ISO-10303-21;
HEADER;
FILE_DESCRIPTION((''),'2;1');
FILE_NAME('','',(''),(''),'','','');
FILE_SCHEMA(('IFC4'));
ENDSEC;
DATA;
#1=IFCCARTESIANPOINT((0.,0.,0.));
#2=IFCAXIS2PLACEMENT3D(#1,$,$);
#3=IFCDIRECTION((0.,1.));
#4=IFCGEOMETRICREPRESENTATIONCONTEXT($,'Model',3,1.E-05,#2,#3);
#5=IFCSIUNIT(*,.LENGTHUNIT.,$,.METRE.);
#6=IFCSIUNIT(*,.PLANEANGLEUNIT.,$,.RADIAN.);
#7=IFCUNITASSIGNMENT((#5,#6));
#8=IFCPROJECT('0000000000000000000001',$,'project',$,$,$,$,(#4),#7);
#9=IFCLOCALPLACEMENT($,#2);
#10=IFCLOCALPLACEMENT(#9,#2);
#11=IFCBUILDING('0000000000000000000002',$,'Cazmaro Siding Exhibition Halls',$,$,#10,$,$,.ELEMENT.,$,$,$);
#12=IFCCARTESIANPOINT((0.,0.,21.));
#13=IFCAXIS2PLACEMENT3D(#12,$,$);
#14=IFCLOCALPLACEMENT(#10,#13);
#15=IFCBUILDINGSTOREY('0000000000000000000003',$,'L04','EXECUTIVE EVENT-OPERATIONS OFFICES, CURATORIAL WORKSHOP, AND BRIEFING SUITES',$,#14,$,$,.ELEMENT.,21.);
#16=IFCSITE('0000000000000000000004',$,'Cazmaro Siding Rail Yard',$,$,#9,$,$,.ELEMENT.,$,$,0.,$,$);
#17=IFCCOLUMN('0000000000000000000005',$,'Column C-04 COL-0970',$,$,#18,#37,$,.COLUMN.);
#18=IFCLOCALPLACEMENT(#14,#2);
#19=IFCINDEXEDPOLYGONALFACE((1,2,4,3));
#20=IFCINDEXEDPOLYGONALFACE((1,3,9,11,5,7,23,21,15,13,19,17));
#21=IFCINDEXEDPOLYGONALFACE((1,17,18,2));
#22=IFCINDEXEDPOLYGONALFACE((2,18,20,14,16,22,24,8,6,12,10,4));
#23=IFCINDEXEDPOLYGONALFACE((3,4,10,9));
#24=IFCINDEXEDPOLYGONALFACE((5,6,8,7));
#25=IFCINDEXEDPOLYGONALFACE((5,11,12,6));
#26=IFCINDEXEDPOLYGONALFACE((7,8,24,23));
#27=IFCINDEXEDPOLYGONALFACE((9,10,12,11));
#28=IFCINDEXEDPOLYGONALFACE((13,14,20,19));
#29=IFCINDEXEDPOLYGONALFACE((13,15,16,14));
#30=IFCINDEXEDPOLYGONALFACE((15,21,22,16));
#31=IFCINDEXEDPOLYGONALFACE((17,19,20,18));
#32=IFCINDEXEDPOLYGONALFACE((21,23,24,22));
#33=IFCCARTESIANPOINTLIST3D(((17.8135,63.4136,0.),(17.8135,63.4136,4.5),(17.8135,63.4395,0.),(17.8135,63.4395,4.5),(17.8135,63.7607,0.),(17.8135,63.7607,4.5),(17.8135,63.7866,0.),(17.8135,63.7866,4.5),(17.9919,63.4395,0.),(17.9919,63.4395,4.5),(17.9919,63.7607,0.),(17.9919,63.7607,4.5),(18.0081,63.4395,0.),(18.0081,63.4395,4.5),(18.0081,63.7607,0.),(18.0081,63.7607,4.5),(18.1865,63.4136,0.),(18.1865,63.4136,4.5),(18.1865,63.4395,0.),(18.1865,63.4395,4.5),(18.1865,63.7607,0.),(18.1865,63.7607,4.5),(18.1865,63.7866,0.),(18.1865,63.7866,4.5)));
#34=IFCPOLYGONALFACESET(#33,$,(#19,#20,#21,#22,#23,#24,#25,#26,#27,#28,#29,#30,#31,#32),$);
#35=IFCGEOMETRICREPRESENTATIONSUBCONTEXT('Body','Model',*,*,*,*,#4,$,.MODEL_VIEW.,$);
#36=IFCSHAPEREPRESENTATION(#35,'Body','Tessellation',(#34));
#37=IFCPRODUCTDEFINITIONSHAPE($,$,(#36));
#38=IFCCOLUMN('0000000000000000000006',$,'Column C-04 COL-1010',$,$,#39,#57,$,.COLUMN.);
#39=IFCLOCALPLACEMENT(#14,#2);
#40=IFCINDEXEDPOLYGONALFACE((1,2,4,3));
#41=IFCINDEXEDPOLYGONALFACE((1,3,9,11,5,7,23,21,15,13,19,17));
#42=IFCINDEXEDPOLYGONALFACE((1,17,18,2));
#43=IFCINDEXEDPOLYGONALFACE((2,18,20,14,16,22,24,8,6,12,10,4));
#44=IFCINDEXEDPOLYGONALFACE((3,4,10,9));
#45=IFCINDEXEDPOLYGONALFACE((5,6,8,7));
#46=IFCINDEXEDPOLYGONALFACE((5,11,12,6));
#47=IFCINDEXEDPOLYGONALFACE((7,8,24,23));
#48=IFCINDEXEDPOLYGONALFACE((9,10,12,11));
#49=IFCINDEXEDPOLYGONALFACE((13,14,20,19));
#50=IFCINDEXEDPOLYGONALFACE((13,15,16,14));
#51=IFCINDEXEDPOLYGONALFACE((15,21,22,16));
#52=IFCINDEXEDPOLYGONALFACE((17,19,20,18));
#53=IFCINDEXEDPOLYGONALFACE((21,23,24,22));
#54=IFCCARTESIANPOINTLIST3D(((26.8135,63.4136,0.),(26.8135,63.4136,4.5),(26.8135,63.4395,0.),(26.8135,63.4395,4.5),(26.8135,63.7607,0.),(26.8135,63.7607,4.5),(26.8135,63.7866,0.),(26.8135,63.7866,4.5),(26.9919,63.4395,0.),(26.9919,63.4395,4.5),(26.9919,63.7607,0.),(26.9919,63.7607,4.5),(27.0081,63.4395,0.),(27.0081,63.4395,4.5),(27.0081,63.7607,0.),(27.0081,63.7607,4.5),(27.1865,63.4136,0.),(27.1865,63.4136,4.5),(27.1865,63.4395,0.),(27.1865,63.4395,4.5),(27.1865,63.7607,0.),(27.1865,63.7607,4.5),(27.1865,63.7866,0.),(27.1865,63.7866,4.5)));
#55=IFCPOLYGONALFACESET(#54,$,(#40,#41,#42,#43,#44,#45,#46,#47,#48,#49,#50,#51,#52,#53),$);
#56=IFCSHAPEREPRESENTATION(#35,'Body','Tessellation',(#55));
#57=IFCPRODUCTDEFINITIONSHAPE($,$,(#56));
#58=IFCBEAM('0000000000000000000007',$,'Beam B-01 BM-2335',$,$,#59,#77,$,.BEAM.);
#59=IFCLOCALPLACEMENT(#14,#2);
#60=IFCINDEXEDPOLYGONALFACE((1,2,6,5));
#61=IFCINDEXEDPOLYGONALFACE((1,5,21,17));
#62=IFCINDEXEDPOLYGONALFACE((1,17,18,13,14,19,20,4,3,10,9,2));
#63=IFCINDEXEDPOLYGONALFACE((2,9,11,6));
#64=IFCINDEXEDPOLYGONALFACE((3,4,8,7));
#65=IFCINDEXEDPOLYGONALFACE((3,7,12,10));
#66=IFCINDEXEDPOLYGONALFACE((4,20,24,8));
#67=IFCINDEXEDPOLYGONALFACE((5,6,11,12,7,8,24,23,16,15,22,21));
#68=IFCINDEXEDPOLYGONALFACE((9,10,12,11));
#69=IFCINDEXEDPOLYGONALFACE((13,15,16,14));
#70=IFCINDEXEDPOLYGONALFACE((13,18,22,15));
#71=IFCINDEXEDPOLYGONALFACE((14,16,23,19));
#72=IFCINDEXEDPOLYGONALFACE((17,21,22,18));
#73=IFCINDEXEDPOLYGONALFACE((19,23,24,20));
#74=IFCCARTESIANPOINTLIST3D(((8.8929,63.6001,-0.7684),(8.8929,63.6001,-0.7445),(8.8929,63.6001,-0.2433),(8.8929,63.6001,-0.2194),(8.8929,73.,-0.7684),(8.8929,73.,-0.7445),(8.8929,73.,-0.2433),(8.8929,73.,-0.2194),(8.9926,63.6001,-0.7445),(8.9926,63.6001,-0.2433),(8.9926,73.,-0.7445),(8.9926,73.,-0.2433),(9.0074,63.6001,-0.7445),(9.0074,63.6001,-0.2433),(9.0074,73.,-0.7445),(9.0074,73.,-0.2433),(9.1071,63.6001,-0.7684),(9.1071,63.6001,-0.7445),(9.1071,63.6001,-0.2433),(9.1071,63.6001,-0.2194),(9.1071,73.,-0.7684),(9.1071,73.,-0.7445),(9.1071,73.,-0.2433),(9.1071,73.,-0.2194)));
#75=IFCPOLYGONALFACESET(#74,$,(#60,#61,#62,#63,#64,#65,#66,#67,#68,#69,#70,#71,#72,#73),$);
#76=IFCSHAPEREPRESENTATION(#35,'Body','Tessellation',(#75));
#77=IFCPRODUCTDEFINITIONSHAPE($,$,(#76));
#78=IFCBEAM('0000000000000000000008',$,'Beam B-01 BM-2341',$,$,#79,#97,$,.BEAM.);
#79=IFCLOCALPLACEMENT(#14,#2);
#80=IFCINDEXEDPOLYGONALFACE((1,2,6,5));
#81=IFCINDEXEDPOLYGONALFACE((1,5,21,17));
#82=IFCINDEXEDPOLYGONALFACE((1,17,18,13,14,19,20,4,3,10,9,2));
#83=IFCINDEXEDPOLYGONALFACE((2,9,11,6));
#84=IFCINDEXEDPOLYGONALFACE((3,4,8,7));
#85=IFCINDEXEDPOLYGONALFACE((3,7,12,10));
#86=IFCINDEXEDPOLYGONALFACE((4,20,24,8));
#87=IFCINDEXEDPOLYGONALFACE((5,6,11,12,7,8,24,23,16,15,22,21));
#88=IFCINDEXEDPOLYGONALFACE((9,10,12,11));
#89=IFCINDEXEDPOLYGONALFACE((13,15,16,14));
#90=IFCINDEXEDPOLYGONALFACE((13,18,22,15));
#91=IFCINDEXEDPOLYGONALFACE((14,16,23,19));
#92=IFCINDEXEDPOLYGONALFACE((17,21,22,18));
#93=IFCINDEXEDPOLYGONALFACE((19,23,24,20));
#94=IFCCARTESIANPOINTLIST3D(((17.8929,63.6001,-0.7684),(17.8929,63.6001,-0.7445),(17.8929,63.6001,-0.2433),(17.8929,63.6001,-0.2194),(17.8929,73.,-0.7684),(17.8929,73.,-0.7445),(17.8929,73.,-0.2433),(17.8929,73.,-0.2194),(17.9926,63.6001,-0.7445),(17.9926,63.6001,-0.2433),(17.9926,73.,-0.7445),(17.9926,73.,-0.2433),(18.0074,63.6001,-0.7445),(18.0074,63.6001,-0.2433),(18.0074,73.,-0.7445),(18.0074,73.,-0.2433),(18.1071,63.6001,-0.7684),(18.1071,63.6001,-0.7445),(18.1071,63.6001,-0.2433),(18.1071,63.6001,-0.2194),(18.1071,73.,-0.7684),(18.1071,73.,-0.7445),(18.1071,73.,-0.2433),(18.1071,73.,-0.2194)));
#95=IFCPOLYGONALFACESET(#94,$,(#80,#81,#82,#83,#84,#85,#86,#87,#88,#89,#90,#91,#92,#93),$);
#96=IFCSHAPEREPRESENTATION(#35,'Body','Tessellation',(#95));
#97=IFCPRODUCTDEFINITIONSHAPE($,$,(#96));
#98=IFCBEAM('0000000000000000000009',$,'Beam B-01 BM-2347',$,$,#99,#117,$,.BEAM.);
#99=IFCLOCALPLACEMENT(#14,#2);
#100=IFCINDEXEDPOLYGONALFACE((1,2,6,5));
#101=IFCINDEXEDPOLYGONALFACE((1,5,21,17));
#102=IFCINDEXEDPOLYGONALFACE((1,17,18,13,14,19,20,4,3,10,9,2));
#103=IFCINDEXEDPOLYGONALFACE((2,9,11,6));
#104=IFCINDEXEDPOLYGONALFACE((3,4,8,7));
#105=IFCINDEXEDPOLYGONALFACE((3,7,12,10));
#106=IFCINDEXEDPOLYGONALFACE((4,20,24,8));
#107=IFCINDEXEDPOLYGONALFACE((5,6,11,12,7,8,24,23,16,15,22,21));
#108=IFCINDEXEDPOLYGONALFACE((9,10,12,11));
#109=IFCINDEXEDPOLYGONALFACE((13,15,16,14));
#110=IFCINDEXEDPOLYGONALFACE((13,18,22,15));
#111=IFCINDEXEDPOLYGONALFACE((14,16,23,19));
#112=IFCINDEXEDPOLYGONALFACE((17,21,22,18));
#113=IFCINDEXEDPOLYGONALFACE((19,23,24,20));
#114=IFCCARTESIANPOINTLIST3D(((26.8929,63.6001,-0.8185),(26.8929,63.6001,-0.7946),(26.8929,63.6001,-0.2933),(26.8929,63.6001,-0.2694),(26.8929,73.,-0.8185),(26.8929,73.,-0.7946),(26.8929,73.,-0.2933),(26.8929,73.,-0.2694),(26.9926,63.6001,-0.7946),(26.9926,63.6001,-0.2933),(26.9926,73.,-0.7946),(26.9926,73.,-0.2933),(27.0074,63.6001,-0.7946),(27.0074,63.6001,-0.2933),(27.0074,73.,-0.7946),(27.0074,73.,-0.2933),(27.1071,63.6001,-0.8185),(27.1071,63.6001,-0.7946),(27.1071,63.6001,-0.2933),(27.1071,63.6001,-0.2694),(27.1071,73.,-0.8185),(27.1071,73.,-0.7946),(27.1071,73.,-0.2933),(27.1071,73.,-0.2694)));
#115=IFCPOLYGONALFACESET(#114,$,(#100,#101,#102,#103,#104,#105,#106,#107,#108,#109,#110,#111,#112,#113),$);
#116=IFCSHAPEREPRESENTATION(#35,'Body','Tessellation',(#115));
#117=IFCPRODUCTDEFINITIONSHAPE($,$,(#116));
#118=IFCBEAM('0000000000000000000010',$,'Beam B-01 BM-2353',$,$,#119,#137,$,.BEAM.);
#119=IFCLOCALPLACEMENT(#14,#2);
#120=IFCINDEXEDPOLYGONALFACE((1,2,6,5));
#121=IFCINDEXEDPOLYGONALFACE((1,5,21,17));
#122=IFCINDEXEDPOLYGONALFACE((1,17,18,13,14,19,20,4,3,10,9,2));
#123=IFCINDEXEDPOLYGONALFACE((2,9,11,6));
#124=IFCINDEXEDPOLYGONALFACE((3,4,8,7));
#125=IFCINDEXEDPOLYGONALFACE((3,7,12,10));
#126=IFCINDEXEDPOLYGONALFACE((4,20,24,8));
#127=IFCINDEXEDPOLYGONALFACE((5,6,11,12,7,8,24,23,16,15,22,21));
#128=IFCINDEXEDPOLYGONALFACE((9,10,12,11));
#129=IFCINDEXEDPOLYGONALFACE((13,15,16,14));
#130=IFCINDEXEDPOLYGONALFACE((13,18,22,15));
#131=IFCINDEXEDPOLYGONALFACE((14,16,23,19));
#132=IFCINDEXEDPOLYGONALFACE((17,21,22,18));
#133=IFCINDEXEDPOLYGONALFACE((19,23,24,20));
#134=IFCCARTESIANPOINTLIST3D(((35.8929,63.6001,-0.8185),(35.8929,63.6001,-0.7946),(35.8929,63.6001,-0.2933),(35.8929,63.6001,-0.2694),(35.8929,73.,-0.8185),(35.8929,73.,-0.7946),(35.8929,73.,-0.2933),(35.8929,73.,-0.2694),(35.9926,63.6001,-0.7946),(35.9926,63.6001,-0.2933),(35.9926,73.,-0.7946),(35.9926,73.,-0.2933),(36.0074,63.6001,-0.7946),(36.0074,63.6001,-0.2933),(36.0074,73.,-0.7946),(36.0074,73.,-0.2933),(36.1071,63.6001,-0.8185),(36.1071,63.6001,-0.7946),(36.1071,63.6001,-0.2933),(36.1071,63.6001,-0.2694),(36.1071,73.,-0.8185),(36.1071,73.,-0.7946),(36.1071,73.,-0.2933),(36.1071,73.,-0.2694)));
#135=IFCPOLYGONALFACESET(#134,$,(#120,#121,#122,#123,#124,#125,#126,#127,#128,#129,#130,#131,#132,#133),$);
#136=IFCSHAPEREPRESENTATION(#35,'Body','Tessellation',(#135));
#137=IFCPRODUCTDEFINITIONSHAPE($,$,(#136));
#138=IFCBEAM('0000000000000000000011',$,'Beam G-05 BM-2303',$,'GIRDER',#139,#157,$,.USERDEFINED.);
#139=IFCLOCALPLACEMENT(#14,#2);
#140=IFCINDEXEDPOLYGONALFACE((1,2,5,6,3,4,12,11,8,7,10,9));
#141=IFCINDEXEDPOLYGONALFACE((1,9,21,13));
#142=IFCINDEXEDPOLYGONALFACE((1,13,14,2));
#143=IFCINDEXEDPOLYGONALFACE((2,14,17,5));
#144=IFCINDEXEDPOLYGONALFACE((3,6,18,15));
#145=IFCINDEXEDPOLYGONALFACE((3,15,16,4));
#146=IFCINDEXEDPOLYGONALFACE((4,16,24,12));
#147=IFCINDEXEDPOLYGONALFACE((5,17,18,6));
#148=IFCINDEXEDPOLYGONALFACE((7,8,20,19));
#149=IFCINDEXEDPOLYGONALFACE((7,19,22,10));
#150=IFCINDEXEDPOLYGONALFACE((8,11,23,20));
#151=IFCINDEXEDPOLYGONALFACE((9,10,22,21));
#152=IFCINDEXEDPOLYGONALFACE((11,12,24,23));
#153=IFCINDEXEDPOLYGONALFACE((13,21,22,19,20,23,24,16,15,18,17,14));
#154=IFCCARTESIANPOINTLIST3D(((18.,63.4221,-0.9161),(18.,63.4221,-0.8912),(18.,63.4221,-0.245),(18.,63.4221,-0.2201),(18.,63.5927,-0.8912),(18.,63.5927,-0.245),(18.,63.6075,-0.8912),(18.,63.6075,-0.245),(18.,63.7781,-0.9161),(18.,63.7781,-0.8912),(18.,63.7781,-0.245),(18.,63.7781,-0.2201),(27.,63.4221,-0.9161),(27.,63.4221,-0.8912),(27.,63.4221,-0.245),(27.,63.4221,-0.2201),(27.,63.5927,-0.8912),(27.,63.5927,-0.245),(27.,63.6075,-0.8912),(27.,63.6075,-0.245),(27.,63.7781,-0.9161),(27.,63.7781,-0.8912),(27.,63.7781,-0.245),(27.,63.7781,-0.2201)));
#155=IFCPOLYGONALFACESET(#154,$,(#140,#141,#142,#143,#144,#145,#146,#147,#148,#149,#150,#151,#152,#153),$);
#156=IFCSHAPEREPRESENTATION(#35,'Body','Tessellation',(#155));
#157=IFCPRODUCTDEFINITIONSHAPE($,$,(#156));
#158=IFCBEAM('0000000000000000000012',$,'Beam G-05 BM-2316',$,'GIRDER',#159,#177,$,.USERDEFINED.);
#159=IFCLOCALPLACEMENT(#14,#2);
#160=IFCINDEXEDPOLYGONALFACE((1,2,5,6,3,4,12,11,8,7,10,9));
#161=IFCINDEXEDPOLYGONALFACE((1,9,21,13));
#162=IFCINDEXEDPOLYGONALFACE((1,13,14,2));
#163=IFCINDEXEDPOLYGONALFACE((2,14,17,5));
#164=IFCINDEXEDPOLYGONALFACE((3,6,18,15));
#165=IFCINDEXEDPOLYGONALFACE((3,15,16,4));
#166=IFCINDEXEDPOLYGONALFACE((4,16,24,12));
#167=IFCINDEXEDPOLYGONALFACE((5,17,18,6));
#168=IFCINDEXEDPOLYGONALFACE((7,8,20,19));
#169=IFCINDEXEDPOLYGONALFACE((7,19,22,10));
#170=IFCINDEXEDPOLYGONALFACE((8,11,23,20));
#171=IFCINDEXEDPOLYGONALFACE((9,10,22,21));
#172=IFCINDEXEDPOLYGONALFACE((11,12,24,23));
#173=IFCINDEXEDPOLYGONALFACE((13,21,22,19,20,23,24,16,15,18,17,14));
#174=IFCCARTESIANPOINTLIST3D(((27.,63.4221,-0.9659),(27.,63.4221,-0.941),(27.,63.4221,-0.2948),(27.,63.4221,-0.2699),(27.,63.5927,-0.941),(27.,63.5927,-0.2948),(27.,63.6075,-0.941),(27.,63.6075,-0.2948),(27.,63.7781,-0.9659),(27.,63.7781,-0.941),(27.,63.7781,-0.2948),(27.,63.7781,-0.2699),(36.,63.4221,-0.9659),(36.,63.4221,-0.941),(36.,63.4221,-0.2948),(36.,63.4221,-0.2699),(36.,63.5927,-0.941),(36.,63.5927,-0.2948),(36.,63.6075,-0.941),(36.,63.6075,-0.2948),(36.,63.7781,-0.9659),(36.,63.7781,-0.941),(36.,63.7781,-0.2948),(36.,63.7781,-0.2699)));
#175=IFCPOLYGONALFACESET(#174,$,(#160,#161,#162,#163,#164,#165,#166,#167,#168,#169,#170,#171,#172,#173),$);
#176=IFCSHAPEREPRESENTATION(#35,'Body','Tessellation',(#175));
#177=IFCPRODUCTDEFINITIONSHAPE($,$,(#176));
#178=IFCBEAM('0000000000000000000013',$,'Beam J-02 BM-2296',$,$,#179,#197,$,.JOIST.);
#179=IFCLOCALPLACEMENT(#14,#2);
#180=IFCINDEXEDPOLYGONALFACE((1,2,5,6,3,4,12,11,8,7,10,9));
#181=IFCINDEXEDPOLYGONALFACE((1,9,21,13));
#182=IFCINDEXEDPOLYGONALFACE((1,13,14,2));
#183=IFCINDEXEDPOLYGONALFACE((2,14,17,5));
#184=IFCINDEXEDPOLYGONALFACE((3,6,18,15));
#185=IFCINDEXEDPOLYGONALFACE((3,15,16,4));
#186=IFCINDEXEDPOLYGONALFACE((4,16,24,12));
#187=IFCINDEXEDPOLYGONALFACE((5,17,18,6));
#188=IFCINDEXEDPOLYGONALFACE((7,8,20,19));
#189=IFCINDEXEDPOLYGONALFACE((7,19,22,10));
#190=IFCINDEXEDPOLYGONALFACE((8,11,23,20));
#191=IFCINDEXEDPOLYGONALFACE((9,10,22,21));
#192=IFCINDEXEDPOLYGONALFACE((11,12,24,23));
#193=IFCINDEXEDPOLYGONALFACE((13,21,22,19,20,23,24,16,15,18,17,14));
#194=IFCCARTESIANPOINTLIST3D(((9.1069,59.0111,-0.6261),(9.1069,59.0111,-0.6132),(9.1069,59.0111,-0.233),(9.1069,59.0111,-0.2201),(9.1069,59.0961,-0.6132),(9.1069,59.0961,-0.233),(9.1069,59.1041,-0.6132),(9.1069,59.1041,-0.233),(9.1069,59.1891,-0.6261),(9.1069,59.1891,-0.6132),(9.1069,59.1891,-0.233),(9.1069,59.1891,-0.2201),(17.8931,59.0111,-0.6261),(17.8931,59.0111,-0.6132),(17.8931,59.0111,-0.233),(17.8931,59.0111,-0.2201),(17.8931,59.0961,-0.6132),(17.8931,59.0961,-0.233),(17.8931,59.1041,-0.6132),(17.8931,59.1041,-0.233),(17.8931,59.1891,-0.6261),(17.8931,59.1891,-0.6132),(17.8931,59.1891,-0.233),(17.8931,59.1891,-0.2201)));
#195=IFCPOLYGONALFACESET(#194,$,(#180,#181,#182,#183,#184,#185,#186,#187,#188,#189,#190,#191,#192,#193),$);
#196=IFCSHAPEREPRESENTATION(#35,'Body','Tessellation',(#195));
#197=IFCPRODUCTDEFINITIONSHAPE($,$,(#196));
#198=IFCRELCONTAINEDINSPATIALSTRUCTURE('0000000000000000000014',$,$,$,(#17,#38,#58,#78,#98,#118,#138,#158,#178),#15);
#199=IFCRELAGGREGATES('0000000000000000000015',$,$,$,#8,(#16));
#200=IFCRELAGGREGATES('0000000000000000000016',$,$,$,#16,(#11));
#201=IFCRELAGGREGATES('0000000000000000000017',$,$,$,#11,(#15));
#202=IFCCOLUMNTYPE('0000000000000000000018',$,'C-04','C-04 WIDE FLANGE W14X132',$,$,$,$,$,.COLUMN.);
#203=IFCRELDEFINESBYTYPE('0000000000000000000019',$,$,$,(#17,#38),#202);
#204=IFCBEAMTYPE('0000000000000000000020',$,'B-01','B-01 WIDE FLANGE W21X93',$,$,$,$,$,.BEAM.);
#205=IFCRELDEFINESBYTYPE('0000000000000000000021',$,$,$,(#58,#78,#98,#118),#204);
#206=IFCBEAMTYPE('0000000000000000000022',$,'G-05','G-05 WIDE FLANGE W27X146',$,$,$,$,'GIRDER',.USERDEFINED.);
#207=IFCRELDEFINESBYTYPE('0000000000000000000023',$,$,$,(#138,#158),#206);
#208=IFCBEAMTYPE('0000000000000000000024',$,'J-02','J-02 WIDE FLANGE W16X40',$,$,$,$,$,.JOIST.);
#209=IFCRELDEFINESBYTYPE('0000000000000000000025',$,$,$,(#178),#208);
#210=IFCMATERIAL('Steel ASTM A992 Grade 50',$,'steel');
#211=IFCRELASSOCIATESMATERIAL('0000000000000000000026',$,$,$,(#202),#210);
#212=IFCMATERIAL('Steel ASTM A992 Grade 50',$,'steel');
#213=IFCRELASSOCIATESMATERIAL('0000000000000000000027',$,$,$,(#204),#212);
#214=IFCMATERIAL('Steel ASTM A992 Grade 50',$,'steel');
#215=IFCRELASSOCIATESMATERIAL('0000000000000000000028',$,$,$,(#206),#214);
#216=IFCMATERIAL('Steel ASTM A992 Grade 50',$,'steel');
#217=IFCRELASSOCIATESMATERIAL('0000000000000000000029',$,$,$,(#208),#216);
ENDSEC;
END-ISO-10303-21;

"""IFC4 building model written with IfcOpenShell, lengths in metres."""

from ifc_helpers import new_model, si_unit, direction, frame, origin, origin_2d, place, context, subcontext, project, spatial, i_section, extrude, material, material_profile, profile_set, type_object, element, save


model = new_model("IFC4")

# Units and contexts
model_context = context("Model", 3, precision=1e-05, world=origin(), true_north=direction((0.0, 1.0)))
body_context = subcontext(model_context, "Body", "Model", "MODEL_VIEW")
ifc_project = project(units=[si_unit("LENGTHUNIT", "METRE"), si_unit("PLANEANGLEUNIT", "RADIAN")], contexts=[model_context])

# Site, building, storey
site_placement = place(None, origin())
site = spatial("IfcSite", under=ifc_project, at=site_placement, Name="Cazmaro Siding Rail Yard", CompositionType="ELEMENT", RefElevation=0.0)
building_placement = place(site_placement, origin())
building = spatial("IfcBuilding", under=site, at=building_placement, Name="Cazmaro Siding Exhibition Halls", CompositionType="ELEMENT")
storey_placement = place(building_placement, frame((0.0, 0.0, 21.0)))
storey = spatial("IfcBuildingStorey", under=building, at=storey_placement, Name="L04", Description="EXECUTIVE EVENT-OPERATIONS OFFICES, CURATORIAL WORKSHOP, AND BRIEFING SUITES", CompositionType="ELEMENT", Elevation=21.0)

# Columns
ifc_material_1 = material(Name="Steel ASTM A992 Grade 50", Category="steel")
ifc_material_profile_1 = material_profile(ifc_material_1, i_section(OverallWidth=0.373, OverallDepth=0.373, WebThickness=0.0161, FlangeThickness=0.0259, at=origin_2d()), Name="W14X132")
ifc_profile_set_1 = profile_set([ifc_material_profile_1], Name="Steel ASTM A992 Grade 50")
column_type = type_object("IfcColumnType", Name="C-04", Description="C-04 WIDE FLANGE W14X132", PredefinedType="COLUMN", material=ifc_profile_set_1)
for number, where, z_axis, x_axis, name in (
    (1, (18.0, 63.6001, 0.0), (0.0, 0.0, 1.0), (1.0, 0.0, 0.0), "Column C-04 COL-0970"),
    (2, (27.0, 63.6001, 0.0), (0.0, 0.0, 1.0), (1.0, 0.0, 0.0), "Column C-04 COL-1010"),
):
    element("IfcColumn", number, at=place(storey_placement, frame(where, z_axis=z_axis, x_axis=x_axis)), inside=storey, type_object=column_type, Name=name, PredefinedType="COLUMN", context=body_context, shape_type="SweptSolid", body=[
        extrude(i_section(OverallWidth=0.373, OverallDepth=0.373, WebThickness=0.0161, FlangeThickness=0.0259, at=origin_2d()), origin(), (0.0, 0.0, 1.0), 4.5),
    ])

# Beams
ifc_material_2 = material(Name="Steel ASTM A992 Grade 50", Category="steel")
ifc_material_profile_2 = material_profile(ifc_material_2, i_section(OverallWidth=0.2141, OverallDepth=0.5491, WebThickness=0.0149, FlangeThickness=0.0239, at=origin_2d()), Name="W21X93")
ifc_profile_set_2 = profile_set([ifc_material_profile_2], Name="Steel ASTM A992 Grade 50")
beam_type_1 = type_object("IfcBeamType", Name="B-01", Description="B-01 WIDE FLANGE W21X93", PredefinedType="BEAM", material=ifc_profile_set_2)
for number, where, z_axis, x_axis, name in (
    (3, (9.0, 63.6001, -0.4939), (0.0, 1.0, 0.0), (-1.0, 0.0, 0.0), "Beam B-01 BM-2335"),
    (4, (18.0, 63.6001, -0.4939), (0.0, 1.0, 0.0), (-1.0, 0.0, 0.0), "Beam B-01 BM-2341"),
    (5, (27.0, 63.6001, -0.5439), (0.0, 1.0, 0.0), (-1.0, 0.0, 0.0), "Beam B-01 BM-2347"),
    (6, (36.0, 63.6001, -0.5439), (0.0, 1.0, 0.0), (-1.0, 0.0, 0.0), "Beam B-01 BM-2353"),
):
    element("IfcBeam", number, at=place(storey_placement, frame(where, z_axis=z_axis, x_axis=x_axis)), inside=storey, type_object=beam_type_1, Name=name, PredefinedType="BEAM", context=body_context, shape_type="SweptSolid", body=[
        extrude(i_section(OverallWidth=0.2141, OverallDepth=0.5491, WebThickness=0.0149, FlangeThickness=0.0239, at=origin_2d()), origin(), (0.0, 0.0, 1.0), 9.3999),
    ])
ifc_material_3 = material(Name="Steel ASTM A992 Grade 50", Category="steel")
ifc_material_profile_3 = material_profile(ifc_material_3, i_section(OverallWidth=0.356, OverallDepth=0.696, WebThickness=0.0149, FlangeThickness=0.0249, at=origin_2d()), Name="W27X146")
ifc_profile_set_3 = profile_set([ifc_material_profile_3], Name="Steel ASTM A992 Grade 50")
beam_type_2 = type_object("IfcBeamType", Name="G-05", Description="G-05 WIDE FLANGE W27X146", ElementType="GIRDER", PredefinedType="USERDEFINED", material=ifc_profile_set_3)
for number, where, z_axis, x_axis, name in (
    (7, (18.0, 63.6001, -0.5681), (1.0, 0.0, 0.0), (0.0, 1.0, 0.0), "Beam G-05 BM-2303"),
    (8, (27.0, 63.6001, -0.6179), (1.0, 0.0, 0.0), (0.0, 1.0, 0.0), "Beam G-05 BM-2316"),
):
    element("IfcBeam", number, at=place(storey_placement, frame(where, z_axis=z_axis, x_axis=x_axis)), inside=storey, type_object=beam_type_2, Name=name, ObjectType="GIRDER", PredefinedType="USERDEFINED", context=body_context, shape_type="SweptSolid", body=[
        extrude(i_section(OverallWidth=0.356, OverallDepth=0.696, WebThickness=0.0149, FlangeThickness=0.0249, at=origin_2d()), origin(), (0.0, 0.0, 1.0), 9.0),
    ])
ifc_material_4 = material(Name="Steel ASTM A992 Grade 50", Category="steel")
ifc_material_profile_4 = material_profile(ifc_material_4, i_section(OverallWidth=0.178, OverallDepth=0.406, WebThickness=0.0081, FlangeThickness=0.0129, at=origin_2d()), Name="W16X40")
ifc_profile_set_4 = profile_set([ifc_material_profile_4], Name="Steel ASTM A992 Grade 50")
beam_type_3 = type_object("IfcBeamType", Name="J-02", Description="J-02 WIDE FLANGE W16X40", PredefinedType="JOIST", material=ifc_profile_set_4)
for number, where, z_axis, x_axis, name in (
    (9, (9.1069, 59.1001, -0.4231), (1.0, 0.0, 0.0), (0.0, 1.0, 0.0), "Beam J-02 BM-2296"),
):
    element("IfcBeam", number, at=place(storey_placement, frame(where, z_axis=z_axis, x_axis=x_axis)), inside=storey, type_object=beam_type_3, Name=name, PredefinedType="JOIST", context=body_context, shape_type="SweptSolid", body=[
        extrude(i_section(OverallWidth=0.178, OverallDepth=0.406, WebThickness=0.0081, FlangeThickness=0.0129, at=origin_2d()), origin(), (0.0, 0.0, 1.0), 8.7861),
    ])

save(model, "model.ifc")
